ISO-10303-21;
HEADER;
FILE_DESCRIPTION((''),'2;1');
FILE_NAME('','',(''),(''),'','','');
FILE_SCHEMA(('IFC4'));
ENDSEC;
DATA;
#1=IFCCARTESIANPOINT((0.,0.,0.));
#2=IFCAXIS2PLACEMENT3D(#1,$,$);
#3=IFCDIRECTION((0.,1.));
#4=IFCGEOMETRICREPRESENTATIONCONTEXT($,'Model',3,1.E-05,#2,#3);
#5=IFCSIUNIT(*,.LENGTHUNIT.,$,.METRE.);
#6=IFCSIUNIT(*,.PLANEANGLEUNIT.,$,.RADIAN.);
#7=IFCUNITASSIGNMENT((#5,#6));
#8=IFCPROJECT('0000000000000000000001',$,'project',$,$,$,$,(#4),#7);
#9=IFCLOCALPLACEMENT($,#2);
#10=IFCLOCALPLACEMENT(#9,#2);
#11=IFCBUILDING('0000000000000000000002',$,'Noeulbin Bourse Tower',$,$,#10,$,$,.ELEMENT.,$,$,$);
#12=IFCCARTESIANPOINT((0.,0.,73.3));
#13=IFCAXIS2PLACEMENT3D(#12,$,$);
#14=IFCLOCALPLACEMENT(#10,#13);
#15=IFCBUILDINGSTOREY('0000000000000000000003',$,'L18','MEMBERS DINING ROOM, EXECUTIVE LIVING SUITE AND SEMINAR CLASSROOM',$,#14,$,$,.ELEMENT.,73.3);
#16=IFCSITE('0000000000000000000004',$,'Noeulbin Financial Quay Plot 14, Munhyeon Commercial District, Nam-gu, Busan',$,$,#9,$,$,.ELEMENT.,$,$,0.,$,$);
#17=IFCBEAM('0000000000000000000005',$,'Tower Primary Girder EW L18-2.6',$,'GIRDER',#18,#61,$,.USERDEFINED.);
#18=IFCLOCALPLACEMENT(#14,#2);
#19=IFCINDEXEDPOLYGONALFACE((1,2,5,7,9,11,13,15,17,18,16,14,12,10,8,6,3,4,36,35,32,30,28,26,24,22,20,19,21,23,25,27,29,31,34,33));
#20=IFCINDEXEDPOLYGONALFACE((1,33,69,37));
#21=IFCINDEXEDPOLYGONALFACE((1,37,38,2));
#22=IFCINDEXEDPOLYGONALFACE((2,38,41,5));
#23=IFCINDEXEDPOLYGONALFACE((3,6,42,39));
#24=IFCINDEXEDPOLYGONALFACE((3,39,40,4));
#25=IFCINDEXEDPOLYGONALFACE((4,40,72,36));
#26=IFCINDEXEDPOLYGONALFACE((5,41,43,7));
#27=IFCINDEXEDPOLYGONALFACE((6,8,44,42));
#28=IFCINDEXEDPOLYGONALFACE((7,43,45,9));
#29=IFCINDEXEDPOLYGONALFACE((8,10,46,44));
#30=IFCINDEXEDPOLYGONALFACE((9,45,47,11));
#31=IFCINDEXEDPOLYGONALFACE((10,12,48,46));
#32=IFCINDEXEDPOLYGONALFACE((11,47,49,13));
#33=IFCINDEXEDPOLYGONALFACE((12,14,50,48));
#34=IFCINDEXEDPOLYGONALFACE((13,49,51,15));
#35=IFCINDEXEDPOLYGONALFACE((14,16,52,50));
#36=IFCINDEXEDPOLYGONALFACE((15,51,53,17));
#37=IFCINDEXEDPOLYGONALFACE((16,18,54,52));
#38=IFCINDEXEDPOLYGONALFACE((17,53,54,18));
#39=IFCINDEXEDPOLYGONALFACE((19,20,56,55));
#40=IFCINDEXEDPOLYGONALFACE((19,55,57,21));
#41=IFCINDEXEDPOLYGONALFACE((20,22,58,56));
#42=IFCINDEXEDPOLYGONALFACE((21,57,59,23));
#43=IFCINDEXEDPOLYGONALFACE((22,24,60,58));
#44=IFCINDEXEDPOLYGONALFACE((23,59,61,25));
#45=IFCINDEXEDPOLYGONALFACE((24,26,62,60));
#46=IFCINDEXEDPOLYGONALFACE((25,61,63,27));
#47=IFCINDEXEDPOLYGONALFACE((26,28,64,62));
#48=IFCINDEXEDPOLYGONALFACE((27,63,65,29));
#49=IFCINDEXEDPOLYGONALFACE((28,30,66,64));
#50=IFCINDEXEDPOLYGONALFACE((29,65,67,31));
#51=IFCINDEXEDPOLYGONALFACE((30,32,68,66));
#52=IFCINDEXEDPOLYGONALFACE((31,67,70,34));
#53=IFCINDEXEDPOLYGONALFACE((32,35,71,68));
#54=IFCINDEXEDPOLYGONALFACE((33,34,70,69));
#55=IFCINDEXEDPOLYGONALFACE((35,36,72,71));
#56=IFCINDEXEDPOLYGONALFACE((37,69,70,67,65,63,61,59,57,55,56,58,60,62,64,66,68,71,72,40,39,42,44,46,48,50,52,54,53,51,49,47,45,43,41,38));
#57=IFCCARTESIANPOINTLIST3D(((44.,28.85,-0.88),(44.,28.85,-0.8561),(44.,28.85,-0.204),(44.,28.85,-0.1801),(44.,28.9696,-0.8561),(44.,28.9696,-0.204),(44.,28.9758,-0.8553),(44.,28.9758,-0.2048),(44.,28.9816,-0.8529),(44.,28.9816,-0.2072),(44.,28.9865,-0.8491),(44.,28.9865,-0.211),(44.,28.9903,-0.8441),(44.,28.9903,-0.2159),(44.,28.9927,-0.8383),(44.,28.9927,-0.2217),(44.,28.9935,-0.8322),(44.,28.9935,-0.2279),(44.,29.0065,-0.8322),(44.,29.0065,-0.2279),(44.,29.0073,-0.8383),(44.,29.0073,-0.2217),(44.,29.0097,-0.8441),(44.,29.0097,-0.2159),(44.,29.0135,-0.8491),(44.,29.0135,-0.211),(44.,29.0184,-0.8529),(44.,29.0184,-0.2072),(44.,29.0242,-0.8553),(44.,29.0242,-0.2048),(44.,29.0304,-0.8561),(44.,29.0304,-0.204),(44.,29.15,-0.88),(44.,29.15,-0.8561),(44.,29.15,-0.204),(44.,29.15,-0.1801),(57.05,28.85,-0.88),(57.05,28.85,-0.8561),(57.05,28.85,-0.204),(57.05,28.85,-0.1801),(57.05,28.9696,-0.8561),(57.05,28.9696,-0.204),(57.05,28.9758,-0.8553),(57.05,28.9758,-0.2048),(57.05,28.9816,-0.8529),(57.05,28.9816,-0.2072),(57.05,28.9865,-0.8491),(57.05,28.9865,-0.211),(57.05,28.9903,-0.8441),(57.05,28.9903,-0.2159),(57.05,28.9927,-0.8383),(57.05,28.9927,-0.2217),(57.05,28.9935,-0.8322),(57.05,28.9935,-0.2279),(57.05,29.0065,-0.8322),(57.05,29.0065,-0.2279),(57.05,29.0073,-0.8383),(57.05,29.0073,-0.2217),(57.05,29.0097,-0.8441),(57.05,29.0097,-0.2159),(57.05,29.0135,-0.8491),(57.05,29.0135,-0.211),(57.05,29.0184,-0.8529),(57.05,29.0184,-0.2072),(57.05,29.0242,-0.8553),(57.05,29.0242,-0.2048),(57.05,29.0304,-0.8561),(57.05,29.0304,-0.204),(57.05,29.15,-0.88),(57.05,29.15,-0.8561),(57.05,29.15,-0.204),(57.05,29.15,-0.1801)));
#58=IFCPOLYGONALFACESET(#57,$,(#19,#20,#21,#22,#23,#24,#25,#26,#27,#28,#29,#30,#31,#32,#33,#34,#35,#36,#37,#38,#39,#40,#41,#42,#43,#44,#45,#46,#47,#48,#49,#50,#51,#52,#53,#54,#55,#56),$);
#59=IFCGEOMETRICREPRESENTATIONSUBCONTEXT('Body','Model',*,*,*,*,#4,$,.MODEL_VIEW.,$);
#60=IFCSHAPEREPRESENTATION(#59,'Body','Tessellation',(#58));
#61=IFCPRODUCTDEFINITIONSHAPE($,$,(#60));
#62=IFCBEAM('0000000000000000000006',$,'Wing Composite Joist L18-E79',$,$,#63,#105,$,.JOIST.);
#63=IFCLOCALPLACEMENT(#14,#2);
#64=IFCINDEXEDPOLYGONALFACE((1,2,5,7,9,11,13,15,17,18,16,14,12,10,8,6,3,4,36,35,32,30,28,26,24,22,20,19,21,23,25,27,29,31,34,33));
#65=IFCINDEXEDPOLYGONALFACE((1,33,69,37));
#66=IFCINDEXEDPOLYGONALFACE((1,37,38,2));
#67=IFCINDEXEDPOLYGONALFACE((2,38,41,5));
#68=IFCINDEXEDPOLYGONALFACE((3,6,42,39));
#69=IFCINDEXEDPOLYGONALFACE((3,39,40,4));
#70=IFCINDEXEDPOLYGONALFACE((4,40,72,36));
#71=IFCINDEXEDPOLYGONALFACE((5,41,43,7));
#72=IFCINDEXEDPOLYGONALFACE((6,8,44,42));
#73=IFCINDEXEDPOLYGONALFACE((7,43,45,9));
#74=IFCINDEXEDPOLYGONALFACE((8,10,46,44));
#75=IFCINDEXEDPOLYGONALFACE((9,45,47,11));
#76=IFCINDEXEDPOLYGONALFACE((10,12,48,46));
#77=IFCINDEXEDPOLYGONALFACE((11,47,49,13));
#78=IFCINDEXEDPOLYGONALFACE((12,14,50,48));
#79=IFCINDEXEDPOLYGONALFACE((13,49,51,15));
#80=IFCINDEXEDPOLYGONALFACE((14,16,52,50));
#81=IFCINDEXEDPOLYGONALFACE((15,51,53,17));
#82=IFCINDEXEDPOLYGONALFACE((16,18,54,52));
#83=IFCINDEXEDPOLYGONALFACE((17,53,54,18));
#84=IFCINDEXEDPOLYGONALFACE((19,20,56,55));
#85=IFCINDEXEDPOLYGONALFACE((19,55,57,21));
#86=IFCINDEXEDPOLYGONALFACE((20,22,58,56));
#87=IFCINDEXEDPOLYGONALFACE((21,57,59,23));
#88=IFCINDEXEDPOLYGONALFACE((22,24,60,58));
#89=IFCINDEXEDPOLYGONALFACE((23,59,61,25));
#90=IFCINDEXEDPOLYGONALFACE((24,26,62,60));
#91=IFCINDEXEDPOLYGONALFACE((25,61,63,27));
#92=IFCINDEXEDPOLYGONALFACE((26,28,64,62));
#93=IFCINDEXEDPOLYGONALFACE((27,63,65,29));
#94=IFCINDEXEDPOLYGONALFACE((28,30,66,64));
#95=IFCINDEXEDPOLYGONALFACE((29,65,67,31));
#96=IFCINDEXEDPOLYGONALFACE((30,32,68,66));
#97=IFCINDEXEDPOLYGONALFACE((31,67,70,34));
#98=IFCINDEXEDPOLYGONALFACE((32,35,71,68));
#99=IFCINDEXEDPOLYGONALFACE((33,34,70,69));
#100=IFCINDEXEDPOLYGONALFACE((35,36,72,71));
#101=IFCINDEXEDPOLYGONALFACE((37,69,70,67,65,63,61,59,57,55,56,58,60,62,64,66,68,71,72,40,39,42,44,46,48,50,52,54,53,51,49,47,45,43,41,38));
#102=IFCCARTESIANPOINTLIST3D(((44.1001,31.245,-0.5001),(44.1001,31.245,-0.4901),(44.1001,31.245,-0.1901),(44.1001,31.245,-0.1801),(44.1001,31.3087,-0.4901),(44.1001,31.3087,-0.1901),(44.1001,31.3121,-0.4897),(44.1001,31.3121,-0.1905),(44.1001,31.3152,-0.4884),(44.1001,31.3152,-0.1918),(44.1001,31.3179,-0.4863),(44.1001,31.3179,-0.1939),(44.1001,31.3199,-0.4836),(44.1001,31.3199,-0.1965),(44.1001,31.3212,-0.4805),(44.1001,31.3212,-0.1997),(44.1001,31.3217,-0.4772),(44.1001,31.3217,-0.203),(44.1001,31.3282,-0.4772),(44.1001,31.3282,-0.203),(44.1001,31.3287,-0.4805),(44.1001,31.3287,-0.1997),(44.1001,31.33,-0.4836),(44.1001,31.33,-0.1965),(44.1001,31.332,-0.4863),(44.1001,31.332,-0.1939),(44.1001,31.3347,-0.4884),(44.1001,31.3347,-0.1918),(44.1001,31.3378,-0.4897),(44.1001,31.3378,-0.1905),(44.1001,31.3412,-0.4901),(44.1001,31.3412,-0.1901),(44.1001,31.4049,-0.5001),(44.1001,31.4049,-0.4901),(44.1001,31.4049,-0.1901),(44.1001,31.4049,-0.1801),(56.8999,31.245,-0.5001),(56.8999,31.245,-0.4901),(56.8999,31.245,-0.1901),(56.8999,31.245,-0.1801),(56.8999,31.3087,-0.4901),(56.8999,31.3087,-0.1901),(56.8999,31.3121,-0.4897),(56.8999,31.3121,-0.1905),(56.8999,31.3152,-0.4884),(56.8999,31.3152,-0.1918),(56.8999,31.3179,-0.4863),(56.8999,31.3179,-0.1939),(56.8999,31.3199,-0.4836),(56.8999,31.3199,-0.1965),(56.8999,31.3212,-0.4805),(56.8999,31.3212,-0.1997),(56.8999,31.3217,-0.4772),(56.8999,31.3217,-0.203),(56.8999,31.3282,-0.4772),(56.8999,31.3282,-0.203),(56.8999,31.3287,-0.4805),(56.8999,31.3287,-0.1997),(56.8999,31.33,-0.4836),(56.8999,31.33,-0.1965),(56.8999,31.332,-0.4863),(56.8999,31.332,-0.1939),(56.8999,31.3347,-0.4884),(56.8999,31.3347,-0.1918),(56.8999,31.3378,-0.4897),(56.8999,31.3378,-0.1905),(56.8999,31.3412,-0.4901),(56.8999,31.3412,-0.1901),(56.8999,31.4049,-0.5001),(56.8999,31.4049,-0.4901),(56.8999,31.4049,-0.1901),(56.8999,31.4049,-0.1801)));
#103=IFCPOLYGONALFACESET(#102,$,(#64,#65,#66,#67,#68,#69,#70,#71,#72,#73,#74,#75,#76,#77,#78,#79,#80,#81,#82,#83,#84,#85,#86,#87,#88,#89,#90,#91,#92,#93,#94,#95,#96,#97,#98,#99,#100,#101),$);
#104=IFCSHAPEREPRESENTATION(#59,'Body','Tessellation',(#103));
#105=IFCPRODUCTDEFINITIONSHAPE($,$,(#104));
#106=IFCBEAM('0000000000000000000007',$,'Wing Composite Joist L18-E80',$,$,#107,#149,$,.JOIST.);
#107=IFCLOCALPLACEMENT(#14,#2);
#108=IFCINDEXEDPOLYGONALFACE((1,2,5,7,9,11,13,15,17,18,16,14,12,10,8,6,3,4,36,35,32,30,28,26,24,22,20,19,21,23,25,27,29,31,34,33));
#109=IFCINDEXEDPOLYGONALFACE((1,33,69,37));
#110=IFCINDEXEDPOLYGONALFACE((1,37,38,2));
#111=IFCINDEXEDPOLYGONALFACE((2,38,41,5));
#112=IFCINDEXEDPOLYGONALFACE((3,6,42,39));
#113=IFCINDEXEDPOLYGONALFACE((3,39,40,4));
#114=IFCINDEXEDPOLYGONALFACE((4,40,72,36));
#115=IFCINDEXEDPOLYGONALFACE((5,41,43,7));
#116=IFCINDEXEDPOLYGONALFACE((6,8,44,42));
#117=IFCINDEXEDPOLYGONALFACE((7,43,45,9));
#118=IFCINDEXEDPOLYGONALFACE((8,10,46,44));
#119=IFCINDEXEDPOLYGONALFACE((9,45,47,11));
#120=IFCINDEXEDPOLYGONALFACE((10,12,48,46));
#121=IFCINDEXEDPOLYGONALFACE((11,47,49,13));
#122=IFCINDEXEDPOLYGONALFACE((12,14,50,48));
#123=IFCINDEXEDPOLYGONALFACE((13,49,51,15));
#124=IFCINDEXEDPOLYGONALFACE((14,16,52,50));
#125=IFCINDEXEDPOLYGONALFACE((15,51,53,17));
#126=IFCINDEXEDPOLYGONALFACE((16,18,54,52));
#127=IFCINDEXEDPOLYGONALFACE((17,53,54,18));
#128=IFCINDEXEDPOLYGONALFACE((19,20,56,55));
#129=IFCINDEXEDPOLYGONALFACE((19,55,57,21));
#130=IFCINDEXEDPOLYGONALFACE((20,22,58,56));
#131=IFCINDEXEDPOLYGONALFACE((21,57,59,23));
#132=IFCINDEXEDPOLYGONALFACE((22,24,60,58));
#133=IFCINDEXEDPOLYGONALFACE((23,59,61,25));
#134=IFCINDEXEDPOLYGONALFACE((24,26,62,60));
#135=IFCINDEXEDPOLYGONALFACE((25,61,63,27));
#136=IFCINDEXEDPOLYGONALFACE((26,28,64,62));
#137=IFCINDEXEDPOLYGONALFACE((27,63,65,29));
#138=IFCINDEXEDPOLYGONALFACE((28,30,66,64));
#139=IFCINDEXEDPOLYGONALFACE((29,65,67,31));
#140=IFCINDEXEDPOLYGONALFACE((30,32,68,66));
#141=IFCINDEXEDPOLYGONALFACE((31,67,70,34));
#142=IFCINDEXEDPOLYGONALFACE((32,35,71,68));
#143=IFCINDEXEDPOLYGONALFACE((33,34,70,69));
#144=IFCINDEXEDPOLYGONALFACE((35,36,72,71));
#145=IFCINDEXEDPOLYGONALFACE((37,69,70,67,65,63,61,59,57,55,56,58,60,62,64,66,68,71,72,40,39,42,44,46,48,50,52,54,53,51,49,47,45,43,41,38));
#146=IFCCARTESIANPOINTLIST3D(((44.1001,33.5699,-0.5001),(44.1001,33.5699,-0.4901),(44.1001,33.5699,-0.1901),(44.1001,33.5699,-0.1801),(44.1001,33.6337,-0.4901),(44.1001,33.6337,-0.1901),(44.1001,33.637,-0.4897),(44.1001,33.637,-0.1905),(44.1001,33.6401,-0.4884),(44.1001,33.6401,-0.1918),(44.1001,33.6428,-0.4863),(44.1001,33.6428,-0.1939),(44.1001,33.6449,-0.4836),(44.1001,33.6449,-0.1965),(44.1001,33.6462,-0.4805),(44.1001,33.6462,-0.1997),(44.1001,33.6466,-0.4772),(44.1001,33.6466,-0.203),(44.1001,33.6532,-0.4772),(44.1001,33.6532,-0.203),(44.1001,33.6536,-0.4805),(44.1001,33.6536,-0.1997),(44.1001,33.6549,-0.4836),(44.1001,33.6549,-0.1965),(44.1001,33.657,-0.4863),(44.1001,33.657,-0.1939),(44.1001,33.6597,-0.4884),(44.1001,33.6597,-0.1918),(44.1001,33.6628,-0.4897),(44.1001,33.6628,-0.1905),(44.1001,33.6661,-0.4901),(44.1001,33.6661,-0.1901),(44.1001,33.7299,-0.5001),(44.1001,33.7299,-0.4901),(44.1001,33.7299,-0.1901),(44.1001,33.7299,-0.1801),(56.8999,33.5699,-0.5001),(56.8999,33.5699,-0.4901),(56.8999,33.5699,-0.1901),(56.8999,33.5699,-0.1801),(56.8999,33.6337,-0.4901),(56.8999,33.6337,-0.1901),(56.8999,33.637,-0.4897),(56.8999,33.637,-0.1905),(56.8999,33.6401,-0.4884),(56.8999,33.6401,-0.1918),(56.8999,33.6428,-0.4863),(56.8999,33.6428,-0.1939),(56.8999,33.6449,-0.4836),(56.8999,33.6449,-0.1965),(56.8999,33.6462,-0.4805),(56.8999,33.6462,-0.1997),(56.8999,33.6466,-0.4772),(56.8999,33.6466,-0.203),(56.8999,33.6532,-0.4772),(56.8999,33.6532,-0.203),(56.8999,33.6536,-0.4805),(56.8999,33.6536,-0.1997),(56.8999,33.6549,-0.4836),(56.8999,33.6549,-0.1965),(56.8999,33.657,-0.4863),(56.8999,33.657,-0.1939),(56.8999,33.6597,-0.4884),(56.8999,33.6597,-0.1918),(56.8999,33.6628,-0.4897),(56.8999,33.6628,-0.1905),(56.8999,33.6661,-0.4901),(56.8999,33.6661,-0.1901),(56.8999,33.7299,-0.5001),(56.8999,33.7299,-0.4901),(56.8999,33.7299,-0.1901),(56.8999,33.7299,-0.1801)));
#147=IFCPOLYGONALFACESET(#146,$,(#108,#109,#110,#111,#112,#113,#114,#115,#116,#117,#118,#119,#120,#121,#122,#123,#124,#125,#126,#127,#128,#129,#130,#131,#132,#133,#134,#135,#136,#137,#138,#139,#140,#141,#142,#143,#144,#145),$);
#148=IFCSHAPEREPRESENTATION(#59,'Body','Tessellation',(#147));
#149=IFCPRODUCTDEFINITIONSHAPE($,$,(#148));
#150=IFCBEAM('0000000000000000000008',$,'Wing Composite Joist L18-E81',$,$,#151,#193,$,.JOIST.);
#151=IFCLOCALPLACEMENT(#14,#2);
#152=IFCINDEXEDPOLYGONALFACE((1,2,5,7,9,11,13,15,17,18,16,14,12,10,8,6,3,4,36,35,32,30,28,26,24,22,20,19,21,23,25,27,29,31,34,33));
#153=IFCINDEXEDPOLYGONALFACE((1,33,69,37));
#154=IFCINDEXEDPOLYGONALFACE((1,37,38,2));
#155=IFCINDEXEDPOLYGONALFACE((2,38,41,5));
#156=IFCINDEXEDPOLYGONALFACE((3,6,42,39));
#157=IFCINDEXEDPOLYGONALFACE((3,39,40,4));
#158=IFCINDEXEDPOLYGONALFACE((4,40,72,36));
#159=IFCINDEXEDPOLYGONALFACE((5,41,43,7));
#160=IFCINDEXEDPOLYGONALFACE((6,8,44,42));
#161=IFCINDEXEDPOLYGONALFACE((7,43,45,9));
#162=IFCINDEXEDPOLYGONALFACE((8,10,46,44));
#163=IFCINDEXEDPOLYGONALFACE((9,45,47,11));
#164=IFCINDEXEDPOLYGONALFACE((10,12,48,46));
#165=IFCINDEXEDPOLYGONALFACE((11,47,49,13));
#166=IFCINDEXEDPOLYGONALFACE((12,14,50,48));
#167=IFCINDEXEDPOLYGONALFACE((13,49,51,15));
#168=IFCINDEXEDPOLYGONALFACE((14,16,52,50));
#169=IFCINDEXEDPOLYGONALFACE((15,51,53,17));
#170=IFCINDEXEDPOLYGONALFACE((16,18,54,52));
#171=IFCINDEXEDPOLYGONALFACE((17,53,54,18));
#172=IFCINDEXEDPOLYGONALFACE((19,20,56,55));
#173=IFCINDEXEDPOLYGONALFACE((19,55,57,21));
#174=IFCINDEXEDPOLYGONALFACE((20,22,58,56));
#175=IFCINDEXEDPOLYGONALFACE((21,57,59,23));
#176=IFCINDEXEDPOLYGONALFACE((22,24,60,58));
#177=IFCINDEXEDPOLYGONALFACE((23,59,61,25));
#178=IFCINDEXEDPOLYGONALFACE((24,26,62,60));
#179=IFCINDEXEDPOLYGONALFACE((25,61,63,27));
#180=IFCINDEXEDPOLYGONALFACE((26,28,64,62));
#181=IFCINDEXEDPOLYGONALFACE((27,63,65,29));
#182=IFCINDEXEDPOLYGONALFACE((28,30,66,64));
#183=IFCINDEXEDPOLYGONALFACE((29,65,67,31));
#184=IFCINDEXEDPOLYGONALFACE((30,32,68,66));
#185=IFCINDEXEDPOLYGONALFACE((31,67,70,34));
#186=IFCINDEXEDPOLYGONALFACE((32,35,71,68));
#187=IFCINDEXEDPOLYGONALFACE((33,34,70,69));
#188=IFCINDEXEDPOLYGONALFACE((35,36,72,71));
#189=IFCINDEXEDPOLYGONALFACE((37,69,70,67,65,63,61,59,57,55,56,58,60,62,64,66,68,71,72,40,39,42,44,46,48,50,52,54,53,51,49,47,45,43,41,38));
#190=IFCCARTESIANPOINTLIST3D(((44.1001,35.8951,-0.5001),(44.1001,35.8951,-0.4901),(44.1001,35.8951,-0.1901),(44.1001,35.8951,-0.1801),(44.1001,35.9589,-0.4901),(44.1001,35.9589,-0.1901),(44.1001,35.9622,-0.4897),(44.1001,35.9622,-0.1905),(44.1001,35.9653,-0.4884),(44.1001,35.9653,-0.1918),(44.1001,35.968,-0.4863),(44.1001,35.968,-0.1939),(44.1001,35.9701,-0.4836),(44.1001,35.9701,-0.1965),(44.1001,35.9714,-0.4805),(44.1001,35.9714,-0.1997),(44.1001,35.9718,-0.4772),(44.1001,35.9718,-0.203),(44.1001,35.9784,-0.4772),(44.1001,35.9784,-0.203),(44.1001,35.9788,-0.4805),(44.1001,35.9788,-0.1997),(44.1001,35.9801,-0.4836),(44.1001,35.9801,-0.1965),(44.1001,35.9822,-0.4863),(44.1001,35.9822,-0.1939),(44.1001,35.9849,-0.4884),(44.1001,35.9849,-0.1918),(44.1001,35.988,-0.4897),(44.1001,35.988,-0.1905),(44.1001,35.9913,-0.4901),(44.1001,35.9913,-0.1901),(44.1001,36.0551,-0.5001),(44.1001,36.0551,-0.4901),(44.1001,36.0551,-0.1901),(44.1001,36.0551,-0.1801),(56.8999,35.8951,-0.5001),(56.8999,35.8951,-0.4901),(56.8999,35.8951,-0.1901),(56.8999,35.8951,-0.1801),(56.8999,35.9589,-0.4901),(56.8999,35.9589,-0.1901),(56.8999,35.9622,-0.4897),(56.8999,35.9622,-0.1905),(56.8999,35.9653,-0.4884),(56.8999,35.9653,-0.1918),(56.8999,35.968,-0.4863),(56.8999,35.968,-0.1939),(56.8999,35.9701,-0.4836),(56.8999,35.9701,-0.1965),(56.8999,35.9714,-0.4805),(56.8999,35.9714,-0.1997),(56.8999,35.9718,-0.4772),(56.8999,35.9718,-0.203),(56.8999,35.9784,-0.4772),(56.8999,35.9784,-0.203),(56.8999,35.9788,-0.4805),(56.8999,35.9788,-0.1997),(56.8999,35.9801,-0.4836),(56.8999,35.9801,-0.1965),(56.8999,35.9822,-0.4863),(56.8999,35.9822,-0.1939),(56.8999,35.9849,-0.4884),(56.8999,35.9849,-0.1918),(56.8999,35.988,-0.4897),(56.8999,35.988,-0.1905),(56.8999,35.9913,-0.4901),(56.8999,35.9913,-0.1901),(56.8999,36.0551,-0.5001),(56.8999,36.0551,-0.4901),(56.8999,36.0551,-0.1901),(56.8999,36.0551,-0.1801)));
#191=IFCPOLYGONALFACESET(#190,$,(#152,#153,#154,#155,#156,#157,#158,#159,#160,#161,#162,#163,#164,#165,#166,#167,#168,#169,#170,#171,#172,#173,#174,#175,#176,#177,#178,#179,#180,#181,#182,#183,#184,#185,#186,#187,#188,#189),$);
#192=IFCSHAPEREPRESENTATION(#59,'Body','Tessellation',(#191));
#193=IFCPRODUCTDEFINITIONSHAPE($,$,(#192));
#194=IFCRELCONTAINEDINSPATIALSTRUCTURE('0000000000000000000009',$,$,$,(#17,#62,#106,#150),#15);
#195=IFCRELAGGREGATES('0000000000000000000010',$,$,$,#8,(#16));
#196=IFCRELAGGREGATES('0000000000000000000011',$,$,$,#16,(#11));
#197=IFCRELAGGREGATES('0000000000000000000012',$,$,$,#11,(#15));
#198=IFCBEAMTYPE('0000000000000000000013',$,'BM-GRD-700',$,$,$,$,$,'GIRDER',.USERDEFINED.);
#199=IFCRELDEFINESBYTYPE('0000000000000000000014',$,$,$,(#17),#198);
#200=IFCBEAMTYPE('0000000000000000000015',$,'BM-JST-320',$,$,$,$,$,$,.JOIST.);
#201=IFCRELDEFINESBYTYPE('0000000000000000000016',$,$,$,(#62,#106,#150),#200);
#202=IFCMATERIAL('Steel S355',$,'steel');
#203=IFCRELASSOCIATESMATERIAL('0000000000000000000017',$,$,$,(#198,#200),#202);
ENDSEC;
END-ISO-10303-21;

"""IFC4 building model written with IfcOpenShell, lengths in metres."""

from ifc_helpers import new_model, si_unit, direction, frame, origin, origin_2d, place, context, subcontext, project, spatial, i_section, extrude, material, material_profile, profile_set, type_object, element, save


model = new_model("IFC4")

# Units and contexts
model_context = context("Model", 3, precision=1e-05, world=origin(), true_north=direction((0.0, 1.0)))
body_context = subcontext(model_context, "Body", "Model", "MODEL_VIEW")
ifc_project = project(units=[si_unit("LENGTHUNIT", "METRE"), si_unit("PLANEANGLEUNIT", "RADIAN")], contexts=[model_context])

# Site, building, storey
site_placement = place(None, origin())
site = spatial("IfcSite", under=ifc_project, at=site_placement, Name="Noeulbin Financial Quay Plot 14, Munhyeon Commercial District, Nam-gu, Busan", CompositionType="ELEMENT", RefElevation=0.0)
building_placement = place(site_placement, origin())
building = spatial("IfcBuilding", under=site, at=building_placement, Name="Noeulbin Bourse Tower", CompositionType="ELEMENT")
storey_placement = place(building_placement, frame((0.0, 0.0, 73.3)))
storey = spatial("IfcBuildingStorey", under=building, at=storey_placement, Name="L18", Description="MEMBERS DINING ROOM, EXECUTIVE LIVING SUITE AND SEMINAR CLASSROOM", CompositionType="ELEMENT", Elevation=73.3)

# Beams
ifc_material_1 = material(Name="Steel S355", Category="steel")
ifc_material_profile_1 = material_profile(ifc_material_1, i_section(OverallWidth=0.3, OverallDepth=0.7, WebThickness=0.0129, FlangeThickness=0.0239, FilletRadius=0.0239, at=origin_2d()), Name="H-700x300x13x24", Category="LoadBearing")
ifc_profile_set_1 = profile_set([ifc_material_profile_1], Name="Steel S355")
beam_type_1 = type_object("IfcBeamType", Name="BM-GRD-700", ElementType="GIRDER", PredefinedType="USERDEFINED", material=ifc_profile_set_1)
beam_1_placement = place(storey_placement, frame((44.0, 29.0, -0.53), z_axis=(1.0, 0.0, 0.0), x_axis=(0.0, 1.0, 0.0)))
element("IfcBeam", 1, at=beam_1_placement, inside=storey, type_object=beam_type_1, Name="Tower Primary Girder EW L18-2.6", ObjectType="GIRDER", PredefinedType="USERDEFINED", context=body_context, shape_type="SweptSolid", body=[
    extrude(i_section(OverallWidth=0.3, OverallDepth=0.7, WebThickness=0.0129, FlangeThickness=0.0239, FilletRadius=0.0239, at=origin_2d()), origin(), (0.0, 0.0, 1.0), 13.05),
])
ifc_material_profile_2 = material_profile(ifc_material_1, i_section(OverallWidth=0.1599, OverallDepth=0.3201, WebThickness=0.0066, FlangeThickness=0.01, FilletRadius=0.0129, at=origin_2d()), Name="H-320x160x6.5x10", Category="LoadBearing")
ifc_profile_set_2 = profile_set([ifc_material_profile_2], Name="Steel S355")
beam_type_2 = type_object("IfcBeamType", Name="BM-JST-320", PredefinedType="JOIST", material=ifc_profile_set_2)
for number, where, z_axis, x_axis, name in (
    (2, (44.1001, 31.325, -0.3401), (1.0, 0.0, 0.0), (0.0, 1.0, 0.0), "Wing Composite Joist L18-E79"),
    (3, (44.1001, 33.6499, -0.3401), (1.0, 0.0, 0.0), (0.0, 1.0, 0.0), "Wing Composite Joist L18-E80"),
    (4, (44.1001, 35.9751, -0.3401), (1.0, 0.0, 0.0), (0.0, 1.0, 0.0), "Wing Composite Joist L18-E81"),
):
    element("IfcBeam", number, at=place(storey_placement, frame(where, z_axis=z_axis, x_axis=x_axis)), inside=storey, type_object=beam_type_2, Name=name, PredefinedType="JOIST", context=body_context, shape_type="SweptSolid", body=[
        extrude(i_section(OverallWidth=0.1599, OverallDepth=0.3201, WebThickness=0.0066, FlangeThickness=0.01, FilletRadius=0.0129, at=origin_2d()), origin(), (0.0, 0.0, 1.0), 12.7998),
    ])

save(model, "model.ifc")
